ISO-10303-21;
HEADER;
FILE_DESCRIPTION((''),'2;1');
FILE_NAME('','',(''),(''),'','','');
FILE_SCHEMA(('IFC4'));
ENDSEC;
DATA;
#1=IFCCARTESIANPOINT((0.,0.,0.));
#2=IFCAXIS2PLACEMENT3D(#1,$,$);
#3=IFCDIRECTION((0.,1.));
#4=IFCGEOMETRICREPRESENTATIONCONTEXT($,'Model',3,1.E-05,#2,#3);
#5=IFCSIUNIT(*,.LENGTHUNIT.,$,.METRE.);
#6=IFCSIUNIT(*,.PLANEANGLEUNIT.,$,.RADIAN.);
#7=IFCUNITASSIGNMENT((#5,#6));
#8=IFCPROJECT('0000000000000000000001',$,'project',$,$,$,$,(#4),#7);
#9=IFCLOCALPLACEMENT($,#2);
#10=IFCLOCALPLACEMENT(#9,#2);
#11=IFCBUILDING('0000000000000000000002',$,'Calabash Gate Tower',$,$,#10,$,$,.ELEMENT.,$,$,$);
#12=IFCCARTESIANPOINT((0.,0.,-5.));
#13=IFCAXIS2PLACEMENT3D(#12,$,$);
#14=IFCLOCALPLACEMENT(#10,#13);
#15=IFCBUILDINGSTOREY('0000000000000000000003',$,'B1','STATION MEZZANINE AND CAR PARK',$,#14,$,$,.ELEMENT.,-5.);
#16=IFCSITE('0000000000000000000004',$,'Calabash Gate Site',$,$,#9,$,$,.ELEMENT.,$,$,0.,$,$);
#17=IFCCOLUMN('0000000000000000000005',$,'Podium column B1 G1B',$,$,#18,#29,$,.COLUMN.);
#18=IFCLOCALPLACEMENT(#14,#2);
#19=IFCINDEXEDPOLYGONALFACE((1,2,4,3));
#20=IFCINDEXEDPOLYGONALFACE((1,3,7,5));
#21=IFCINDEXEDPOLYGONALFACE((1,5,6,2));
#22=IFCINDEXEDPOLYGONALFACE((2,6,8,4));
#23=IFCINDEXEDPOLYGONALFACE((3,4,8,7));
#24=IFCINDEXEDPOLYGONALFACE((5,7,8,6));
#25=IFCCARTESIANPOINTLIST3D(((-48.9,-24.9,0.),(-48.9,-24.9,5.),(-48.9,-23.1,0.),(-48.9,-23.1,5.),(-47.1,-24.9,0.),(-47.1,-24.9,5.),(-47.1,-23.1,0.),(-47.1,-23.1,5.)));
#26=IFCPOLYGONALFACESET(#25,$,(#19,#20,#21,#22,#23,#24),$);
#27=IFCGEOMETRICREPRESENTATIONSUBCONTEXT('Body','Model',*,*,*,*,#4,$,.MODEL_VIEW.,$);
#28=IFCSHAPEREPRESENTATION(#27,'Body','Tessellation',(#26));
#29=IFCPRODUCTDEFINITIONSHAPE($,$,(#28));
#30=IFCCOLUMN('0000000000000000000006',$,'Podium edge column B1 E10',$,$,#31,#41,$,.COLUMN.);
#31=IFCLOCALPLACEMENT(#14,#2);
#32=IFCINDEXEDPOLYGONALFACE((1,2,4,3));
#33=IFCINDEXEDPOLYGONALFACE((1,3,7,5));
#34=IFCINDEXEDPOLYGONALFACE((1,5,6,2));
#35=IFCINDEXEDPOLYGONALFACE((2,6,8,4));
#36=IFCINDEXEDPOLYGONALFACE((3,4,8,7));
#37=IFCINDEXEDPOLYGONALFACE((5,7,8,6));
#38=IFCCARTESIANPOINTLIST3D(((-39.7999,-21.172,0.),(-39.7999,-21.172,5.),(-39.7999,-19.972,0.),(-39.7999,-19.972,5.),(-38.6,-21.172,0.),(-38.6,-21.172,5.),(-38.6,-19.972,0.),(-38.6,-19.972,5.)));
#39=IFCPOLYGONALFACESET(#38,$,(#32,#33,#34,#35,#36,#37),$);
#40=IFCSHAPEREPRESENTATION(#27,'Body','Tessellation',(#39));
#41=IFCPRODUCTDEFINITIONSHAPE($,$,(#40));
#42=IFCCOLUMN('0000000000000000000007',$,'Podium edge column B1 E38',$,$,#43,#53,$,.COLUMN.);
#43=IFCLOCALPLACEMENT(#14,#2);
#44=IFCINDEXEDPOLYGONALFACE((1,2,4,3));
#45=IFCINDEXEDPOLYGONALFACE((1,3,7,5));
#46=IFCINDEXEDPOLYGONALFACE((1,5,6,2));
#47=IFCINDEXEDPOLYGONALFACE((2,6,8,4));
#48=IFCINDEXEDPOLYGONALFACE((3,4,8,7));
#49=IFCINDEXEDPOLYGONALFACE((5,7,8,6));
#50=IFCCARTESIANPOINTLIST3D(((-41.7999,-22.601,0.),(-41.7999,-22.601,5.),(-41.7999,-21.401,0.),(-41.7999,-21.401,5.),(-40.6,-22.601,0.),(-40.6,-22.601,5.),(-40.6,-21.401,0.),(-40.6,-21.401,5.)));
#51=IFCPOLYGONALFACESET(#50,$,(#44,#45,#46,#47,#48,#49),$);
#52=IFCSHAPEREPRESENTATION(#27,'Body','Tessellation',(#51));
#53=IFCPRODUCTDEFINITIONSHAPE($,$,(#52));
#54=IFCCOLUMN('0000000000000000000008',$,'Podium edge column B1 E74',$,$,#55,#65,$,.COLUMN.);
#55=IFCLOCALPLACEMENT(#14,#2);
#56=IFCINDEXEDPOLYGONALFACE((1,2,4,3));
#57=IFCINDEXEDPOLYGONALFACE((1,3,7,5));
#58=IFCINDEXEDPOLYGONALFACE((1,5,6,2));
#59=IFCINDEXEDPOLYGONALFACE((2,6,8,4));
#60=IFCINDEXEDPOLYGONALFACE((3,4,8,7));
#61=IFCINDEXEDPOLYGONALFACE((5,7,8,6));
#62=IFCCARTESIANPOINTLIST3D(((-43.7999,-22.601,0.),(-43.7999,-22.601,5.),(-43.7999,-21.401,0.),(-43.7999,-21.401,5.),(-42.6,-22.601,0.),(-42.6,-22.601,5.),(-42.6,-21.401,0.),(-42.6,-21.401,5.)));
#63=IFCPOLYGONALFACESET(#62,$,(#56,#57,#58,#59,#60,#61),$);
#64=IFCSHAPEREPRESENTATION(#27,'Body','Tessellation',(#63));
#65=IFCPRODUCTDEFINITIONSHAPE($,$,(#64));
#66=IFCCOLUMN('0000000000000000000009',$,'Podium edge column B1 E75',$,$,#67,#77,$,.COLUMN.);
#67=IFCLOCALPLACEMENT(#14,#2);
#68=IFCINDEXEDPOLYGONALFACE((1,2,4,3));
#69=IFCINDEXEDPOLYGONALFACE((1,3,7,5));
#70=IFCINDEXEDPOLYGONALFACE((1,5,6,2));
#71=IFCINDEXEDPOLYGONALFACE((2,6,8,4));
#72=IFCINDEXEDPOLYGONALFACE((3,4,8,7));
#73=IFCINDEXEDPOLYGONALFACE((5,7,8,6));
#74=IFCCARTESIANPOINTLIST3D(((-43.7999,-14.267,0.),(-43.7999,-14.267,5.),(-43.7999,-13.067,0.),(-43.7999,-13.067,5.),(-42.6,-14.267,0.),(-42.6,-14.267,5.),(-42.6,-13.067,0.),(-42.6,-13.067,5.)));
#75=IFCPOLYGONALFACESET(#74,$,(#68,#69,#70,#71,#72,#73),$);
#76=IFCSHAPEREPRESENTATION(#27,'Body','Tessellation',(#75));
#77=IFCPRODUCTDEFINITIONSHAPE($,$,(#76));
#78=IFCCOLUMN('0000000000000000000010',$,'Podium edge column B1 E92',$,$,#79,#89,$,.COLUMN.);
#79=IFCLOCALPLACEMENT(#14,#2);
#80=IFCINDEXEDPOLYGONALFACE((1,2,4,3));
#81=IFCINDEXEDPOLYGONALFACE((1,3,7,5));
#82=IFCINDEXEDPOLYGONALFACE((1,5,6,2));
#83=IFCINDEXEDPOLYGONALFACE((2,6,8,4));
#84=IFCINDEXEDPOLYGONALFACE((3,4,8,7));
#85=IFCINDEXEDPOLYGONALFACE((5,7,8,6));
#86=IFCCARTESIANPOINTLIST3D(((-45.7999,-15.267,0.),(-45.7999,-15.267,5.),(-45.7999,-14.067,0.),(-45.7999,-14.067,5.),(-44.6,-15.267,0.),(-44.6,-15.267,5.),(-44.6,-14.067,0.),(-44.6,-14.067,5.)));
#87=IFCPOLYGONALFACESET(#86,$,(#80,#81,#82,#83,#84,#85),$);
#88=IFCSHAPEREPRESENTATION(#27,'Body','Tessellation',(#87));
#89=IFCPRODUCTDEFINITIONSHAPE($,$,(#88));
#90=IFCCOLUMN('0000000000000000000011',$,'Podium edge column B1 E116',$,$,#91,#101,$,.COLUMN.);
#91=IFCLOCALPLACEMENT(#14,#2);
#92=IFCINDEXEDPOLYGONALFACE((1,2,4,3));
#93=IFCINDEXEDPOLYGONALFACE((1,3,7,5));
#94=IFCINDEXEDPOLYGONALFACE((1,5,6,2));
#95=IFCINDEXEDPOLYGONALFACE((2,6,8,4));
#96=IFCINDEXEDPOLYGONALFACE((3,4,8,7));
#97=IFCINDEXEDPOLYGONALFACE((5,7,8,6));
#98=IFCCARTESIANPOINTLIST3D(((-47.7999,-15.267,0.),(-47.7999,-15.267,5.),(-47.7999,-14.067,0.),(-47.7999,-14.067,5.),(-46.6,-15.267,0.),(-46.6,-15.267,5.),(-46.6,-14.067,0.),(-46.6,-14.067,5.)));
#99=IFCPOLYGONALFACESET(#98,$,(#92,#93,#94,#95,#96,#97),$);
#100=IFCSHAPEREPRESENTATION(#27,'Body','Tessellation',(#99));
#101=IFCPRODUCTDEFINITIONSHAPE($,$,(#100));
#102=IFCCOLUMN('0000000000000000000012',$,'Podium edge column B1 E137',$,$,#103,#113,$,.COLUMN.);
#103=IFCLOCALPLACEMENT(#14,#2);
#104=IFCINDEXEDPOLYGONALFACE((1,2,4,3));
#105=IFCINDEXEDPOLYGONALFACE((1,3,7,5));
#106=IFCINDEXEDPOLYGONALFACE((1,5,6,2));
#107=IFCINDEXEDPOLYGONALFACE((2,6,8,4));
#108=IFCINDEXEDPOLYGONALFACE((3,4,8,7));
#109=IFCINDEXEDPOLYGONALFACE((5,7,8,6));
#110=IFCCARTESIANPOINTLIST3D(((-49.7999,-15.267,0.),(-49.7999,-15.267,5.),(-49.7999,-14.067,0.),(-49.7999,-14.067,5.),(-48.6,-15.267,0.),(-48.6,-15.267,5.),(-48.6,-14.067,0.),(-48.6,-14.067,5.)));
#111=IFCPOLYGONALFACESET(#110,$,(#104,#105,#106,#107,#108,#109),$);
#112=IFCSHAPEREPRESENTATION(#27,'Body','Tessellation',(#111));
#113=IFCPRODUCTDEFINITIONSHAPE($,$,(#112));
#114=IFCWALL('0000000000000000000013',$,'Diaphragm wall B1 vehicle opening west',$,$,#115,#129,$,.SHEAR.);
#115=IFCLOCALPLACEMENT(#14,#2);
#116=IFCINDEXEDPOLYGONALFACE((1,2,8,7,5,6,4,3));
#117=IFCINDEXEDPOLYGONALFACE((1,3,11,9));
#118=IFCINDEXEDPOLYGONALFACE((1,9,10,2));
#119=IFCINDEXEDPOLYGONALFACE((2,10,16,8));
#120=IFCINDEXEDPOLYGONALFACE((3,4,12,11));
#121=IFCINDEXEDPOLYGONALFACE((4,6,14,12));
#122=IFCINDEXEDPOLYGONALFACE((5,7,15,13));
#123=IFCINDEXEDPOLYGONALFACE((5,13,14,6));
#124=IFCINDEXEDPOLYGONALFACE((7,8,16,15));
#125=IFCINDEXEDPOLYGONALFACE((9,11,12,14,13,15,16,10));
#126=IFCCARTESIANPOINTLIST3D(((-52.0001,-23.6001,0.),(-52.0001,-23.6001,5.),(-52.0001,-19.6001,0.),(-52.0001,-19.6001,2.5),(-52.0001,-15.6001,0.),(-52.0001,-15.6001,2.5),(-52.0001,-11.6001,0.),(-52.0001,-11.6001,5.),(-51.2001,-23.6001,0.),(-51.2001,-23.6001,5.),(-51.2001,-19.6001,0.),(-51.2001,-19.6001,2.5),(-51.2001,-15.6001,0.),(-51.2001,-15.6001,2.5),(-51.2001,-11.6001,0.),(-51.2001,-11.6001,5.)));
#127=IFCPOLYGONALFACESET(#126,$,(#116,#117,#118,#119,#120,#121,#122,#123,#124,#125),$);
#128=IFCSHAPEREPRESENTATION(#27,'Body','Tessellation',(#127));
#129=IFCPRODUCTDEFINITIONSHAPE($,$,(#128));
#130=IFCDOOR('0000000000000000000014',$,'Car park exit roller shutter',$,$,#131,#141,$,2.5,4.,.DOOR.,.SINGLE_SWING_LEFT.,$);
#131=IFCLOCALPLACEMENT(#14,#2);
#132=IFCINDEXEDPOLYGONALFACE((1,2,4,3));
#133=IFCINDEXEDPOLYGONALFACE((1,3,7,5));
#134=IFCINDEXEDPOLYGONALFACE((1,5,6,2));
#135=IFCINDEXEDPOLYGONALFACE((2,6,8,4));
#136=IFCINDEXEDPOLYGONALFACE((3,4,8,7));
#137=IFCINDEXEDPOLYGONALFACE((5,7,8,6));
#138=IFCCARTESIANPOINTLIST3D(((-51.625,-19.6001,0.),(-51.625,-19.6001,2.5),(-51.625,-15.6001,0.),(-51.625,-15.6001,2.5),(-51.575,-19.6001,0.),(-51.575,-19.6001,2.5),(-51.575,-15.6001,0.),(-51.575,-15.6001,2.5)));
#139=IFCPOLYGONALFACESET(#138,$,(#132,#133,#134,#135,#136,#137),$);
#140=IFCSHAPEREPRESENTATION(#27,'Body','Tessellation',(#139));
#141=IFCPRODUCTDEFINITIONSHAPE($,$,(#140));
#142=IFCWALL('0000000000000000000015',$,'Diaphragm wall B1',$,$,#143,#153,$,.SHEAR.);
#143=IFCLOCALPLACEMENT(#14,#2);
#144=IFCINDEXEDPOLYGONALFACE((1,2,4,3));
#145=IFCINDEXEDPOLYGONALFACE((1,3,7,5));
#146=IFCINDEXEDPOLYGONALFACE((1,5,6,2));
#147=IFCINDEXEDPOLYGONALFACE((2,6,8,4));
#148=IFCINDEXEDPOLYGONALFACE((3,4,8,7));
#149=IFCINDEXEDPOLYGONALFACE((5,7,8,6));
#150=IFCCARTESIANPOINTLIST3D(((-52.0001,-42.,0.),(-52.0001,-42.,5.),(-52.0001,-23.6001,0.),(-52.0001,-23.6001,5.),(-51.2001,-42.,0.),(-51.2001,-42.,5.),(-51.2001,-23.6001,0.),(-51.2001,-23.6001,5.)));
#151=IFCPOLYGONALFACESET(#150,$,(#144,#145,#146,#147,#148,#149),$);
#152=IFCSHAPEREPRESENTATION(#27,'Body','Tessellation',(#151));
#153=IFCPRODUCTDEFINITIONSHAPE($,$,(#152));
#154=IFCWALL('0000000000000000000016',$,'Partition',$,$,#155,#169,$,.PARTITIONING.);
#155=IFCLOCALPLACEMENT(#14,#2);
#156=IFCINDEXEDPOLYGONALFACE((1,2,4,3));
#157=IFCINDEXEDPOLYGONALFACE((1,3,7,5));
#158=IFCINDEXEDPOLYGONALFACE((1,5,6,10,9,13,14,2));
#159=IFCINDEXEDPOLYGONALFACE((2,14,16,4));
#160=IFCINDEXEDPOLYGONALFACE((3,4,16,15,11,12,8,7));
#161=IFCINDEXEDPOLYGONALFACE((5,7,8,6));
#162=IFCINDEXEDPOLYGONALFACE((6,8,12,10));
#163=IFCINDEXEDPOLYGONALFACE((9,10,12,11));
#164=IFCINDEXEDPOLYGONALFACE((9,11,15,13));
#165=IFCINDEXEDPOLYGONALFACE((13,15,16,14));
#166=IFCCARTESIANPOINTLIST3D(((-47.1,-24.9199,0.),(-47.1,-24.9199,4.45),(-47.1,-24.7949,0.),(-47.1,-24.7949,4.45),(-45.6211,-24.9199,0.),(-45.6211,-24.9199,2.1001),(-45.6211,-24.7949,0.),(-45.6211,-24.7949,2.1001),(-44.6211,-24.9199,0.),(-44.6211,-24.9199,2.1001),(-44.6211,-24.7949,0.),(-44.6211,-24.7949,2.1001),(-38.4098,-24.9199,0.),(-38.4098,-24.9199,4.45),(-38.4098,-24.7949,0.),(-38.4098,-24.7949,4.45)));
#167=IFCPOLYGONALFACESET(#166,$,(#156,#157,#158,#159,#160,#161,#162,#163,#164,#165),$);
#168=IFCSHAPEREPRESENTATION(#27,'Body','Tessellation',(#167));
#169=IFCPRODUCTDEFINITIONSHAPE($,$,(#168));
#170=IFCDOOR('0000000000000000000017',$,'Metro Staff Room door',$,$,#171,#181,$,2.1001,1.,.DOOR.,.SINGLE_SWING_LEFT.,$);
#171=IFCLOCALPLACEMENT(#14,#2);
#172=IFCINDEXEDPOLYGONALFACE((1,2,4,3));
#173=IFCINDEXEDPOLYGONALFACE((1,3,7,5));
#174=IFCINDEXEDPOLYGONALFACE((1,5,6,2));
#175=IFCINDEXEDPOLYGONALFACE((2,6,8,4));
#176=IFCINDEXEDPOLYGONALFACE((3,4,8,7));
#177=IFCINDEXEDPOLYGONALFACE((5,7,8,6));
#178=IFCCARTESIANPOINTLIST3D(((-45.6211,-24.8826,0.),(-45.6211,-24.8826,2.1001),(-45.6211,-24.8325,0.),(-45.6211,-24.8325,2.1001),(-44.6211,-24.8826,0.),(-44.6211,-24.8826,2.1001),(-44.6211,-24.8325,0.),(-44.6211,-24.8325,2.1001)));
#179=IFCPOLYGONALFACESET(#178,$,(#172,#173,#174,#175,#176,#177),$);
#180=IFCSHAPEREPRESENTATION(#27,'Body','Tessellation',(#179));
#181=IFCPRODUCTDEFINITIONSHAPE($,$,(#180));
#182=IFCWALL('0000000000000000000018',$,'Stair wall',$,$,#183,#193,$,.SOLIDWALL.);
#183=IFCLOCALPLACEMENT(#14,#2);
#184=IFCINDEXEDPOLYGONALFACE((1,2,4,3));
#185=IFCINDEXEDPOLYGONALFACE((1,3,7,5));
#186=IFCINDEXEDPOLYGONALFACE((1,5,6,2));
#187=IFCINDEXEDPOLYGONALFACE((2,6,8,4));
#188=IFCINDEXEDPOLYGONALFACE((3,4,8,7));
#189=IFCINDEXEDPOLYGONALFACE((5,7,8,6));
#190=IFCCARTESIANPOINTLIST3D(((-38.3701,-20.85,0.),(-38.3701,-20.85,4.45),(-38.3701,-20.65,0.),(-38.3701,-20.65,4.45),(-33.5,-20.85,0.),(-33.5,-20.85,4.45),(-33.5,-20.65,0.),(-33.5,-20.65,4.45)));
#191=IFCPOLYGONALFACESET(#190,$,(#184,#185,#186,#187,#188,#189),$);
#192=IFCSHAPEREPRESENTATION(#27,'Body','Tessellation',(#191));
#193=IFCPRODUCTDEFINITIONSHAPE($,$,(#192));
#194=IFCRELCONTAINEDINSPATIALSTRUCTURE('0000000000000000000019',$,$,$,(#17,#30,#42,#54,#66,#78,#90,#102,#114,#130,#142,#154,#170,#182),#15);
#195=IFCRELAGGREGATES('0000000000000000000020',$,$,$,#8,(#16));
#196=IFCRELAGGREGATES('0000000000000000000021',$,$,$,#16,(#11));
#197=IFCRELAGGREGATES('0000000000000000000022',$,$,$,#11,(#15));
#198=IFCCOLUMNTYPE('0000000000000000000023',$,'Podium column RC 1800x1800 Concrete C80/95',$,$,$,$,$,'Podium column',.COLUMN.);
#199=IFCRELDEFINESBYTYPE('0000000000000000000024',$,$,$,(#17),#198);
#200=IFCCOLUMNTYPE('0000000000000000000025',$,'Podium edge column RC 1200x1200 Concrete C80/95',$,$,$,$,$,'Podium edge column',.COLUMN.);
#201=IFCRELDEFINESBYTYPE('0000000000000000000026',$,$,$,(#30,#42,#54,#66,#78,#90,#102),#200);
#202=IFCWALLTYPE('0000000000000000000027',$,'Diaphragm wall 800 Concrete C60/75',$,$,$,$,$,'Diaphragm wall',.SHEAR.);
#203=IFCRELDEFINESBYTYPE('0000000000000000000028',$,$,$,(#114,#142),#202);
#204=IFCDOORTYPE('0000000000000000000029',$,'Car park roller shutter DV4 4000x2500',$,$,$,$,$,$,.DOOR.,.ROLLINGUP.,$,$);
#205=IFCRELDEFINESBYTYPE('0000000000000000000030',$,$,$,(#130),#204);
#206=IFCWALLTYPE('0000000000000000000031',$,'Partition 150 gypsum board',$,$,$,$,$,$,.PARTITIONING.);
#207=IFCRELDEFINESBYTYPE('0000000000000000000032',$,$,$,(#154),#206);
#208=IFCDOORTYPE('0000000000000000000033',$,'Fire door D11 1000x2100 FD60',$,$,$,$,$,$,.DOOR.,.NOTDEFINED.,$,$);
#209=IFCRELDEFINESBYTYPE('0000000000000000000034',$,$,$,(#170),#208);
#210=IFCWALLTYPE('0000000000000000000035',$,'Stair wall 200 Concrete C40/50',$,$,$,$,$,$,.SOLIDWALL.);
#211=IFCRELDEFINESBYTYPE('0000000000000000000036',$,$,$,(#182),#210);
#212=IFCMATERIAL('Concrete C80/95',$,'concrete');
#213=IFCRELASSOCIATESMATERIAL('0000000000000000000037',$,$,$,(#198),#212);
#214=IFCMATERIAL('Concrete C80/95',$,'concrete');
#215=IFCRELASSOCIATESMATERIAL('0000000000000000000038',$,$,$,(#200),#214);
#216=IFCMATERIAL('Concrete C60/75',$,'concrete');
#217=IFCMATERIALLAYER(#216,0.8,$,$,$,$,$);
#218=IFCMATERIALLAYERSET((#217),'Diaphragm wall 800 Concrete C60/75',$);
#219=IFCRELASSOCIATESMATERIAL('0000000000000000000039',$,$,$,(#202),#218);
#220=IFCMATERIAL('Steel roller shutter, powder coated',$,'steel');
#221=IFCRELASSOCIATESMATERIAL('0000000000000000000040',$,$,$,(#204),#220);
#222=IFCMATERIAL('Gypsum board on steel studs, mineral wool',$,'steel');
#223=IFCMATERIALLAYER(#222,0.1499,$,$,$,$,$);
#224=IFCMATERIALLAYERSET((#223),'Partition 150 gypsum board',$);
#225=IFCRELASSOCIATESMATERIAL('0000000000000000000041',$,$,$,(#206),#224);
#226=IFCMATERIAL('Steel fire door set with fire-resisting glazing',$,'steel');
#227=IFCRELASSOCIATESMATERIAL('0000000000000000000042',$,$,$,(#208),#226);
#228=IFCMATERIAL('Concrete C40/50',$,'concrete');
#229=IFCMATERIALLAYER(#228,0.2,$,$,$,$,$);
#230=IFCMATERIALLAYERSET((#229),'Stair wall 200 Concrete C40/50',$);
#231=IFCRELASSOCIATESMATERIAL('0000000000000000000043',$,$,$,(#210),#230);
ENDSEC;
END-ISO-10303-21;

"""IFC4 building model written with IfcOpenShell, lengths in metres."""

from ifc_helpers import new_model, si_unit, direction, frame, frame_2d, origin, origin_2d, place, context, subcontext, project, spatial, rectangle, extrude, material, layer, layer_set, material_profile, profile_set, type_object, element, fill, save


model = new_model("IFC4")

# Units and contexts
model_context = context("Model", 3, precision=1e-05, world=origin(), true_north=direction((0.0, 1.0)))
body_context = subcontext(model_context, "Body", "Model", "MODEL_VIEW")
ifc_project = project(units=[si_unit("LENGTHUNIT", "METRE"), si_unit("PLANEANGLEUNIT", "RADIAN")], contexts=[model_context])

# Site, building, storey
site_placement = place(None, origin())
site = spatial("IfcSite", under=ifc_project, at=site_placement, Name="Calabash Gate Site", CompositionType="ELEMENT", RefElevation=0.0)
building_placement = place(site_placement, origin())
building = spatial("IfcBuilding", under=site, at=building_placement, Name="Calabash Gate Tower", CompositionType="ELEMENT")
storey_placement = place(building_placement, frame((0.0, 0.0, -5.0)))
storey = spatial("IfcBuildingStorey", under=building, at=storey_placement, Name="B1", Description="STATION MEZZANINE AND CAR PARK", CompositionType="ELEMENT", Elevation=-5.0)

# Columns
ifc_material_1 = material(Name="Concrete C80/95", Category="concrete")
ifc_material_profile_1 = material_profile(ifc_material_1, rectangle(XDim=1.8, YDim=1.8, at=origin_2d()))
ifc_profile_set_1 = profile_set([ifc_material_profile_1], Name="Concrete C80/95")
column_type_1 = type_object("IfcColumnType", Name="Podium column RC 1800x1800 Concrete C80/95", ElementType="Podium column", PredefinedType="COLUMN", material=ifc_profile_set_1)
column_placement = place(storey_placement, frame((-48.0, -24.0, 0.0), z_axis=(0.0, 0.0, 1.0), x_axis=(1.0, 0.0, 0.0)))
element("IfcColumn", 1, at=column_placement, inside=storey, type_object=column_type_1, Name="Podium column B1 G1B", PredefinedType="COLUMN", context=body_context, shape_type="SweptSolid", body=[
    extrude(rectangle(XDim=1.8, YDim=1.8, at=origin_2d()), origin(), (0.0, 0.0, 1.0), 5.0),
])
ifc_material_2 = material(Name="Concrete C80/95", Category="concrete")
ifc_material_profile_2 = material_profile(ifc_material_2, rectangle(XDim=1.2, YDim=1.2, at=origin_2d()))
ifc_profile_set_2 = profile_set([ifc_material_profile_2], Name="Concrete C80/95")
column_type_2 = type_object("IfcColumnType", Name="Podium edge column RC 1200x1200 Concrete C80/95", ElementType="Podium edge column", PredefinedType="COLUMN", material=ifc_profile_set_2)
for number, where, z_axis, x_axis, name in (
    (2, (-39.2, -20.572, 0.0), (0.0, 0.0, 1.0), (1.0, 0.0, 0.0), "Podium edge column B1 E10"),
    (3, (-41.2, -22.001, 0.0), (0.0, 0.0, 1.0), (1.0, 0.0, 0.0), "Podium edge column B1 E38"),
    (4, (-43.2, -22.001, 0.0), (0.0, 0.0, 1.0), (1.0, 0.0, 0.0), "Podium edge column B1 E74"),
    (5, (-43.2, -13.667, 0.0), (0.0, 0.0, 1.0), (1.0, 0.0, 0.0), "Podium edge column B1 E75"),
    (6, (-45.2, -14.667, 0.0), (0.0, 0.0, 1.0), (1.0, 0.0, 0.0), "Podium edge column B1 E92"),
    (7, (-47.2, -14.667, 0.0), (0.0, 0.0, 1.0), (1.0, 0.0, 0.0), "Podium edge column B1 E116"),
    (8, (-49.2, -14.667, 0.0), (0.0, 0.0, 1.0), (1.0, 0.0, 0.0), "Podium edge column B1 E137"),
):
    element("IfcColumn", number, at=place(storey_placement, frame(where, z_axis=z_axis, x_axis=x_axis)), inside=storey, type_object=column_type_2, Name=name, PredefinedType="COLUMN", context=body_context, shape_type="SweptSolid", body=[
        extrude(rectangle(XDim=1.2, YDim=1.2, at=origin_2d()), origin(), (0.0, 0.0, 1.0), 5.0),
    ])

# Wall, opening, door
ifc_material_3 = material(Name="Concrete C60/75", Category="concrete")
ifc_layer_1 = layer(ifc_material_3, 0.8)
ifc_layer_set_1 = layer_set([ifc_layer_1], Name="Diaphragm wall 800 Concrete C60/75")
wall_type_1 = type_object("IfcWallType", Name="Diaphragm wall 800 Concrete C60/75", ElementType="Diaphragm wall", PredefinedType="SHEAR", material=ifc_layer_set_1)
wall_1_placement = place(storey_placement, frame((-51.6001, -23.6001, 0.0), z_axis=(0.0, 0.0, 1.0), x_axis=(0.0, 1.0, 0.0)))
wall_1 = element("IfcWall", 9, at=wall_1_placement, inside=storey, type_object=wall_type_1, Name="Diaphragm wall B1 vehicle opening west", PredefinedType="SHEAR", context=body_context, shape_type="SweptSolid", body=[
    extrude(rectangle(XDim=12.0, YDim=0.8, at=frame_2d((6.0, 0.0))), origin(), (0.0, 0.0, 1.0), 5.0),
])
opening_1_placement = place(wall_1_placement, frame((4.0, 0.0, 0.0)))
opening_1 = element("IfcOpeningElement", 10, at=opening_1_placement, cuts=wall_1, PredefinedType="OPENING", context=body_context, shape_type="SweptSolid", body=[
    extrude(rectangle(XDim=4.0, YDim=2.5, at=frame_2d((2.0, 1.25))), frame((0.0, 0.4099, 0.0), z_axis=(0.0, -1.0, 0.0), x_axis=(1.0, 0.0, 0.0)), (0.0, 0.0, 1.0), 0.8201),
])
ifc_material_4 = material(Name="Steel roller shutter, powder coated", Category="steel")
door_type_1 = type_object("IfcDoorType", Name="Car park roller shutter DV4 4000x2500", OperationType="ROLLINGUP", PredefinedType="DOOR", material=ifc_material_4)
door_1_placement = place(opening_1_placement, origin())
door_1 = element("IfcDoor", 11, at=door_1_placement, inside=storey, type_object=door_type_1, Name="Car park exit roller shutter", OperationType="SINGLE_SWING_LEFT", OverallHeight=2.5, OverallWidth=4.0, PredefinedType="DOOR", context=body_context, shape_type="SweptSolid", body=[
    extrude(rectangle(XDim=4.0, YDim=2.5, at=frame_2d((2.0, 1.25))), frame((0.0, 0.0249, 0.0), z_axis=(0.0, -1.0, 0.0), x_axis=(1.0, 0.0, 0.0)), (0.0, 0.0, 1.0), 0.05),
])
fill(opening_1, door_1)

# Wall
wall_2_placement = place(storey_placement, frame((-51.6001, -23.6001, 0.0), z_axis=(0.0, 0.0, 1.0), x_axis=(0.0, -1.0, 0.0)))
element("IfcWall", 12, at=wall_2_placement, inside=storey, type_object=wall_type_1, Name="Diaphragm wall B1", PredefinedType="SHEAR", context=body_context, shape_type="SweptSolid", body=[
    extrude(rectangle(XDim=18.3999, YDim=0.8, at=frame_2d((9.2, 0.0))), origin(), (0.0, 0.0, 1.0), 5.0),
])

# Wall, opening, door
ifc_material_5 = material(Name="Gypsum board on steel studs, mineral wool", Category="steel")
ifc_layer_2 = layer(ifc_material_5, 0.1499)
ifc_layer_set_2 = layer_set([ifc_layer_2], Name="Partition 150 gypsum board")
wall_type_2 = type_object("IfcWallType", Name="Partition 150 gypsum board", PredefinedType="PARTITIONING", material=ifc_layer_set_2)
wall_3_placement = place(storey_placement, frame((-47.1001, -24.8574, 0.0), z_axis=(0.0, 0.0, 1.0), x_axis=(1.0, 0.0, 0.0)))
wall_3 = element("IfcWall", 13, at=wall_3_placement, inside=storey, type_object=wall_type_2, Name="Partition", PredefinedType="PARTITIONING", context=body_context, shape_type="SweptSolid", body=[
    extrude(rectangle(XDim=8.6902, YDim=0.125, at=frame_2d((4.3452, 0.0))), origin(), (0.0, 0.0, 1.0), 4.45),
])
opening_2_placement = place(wall_3_placement, frame((1.479, 0.0, 0.0)))
opening_2 = element("IfcOpeningElement", 14, at=opening_2_placement, cuts=wall_3, PredefinedType="OPENING", context=body_context, shape_type="SweptSolid", body=[
    extrude(rectangle(XDim=1.0, YDim=2.1001, at=frame_2d((0.5, 1.05))), frame((0.0, 0.0725, 0.0), z_axis=(0.0, -1.0, 0.0), x_axis=(1.0, 0.0, 0.0)), (0.0, 0.0, 1.0), 0.145),
])
ifc_material_6 = material(Name="Steel fire door set with fire-resisting glazing", Category="steel")
door_type_2 = type_object("IfcDoorType", Name="Fire door D11 1000x2100 FD60", OperationType="NOTDEFINED", PredefinedType="DOOR", material=ifc_material_6)
door_2_placement = place(opening_2_placement, origin())
door_2 = element("IfcDoor", 15, at=door_2_placement, inside=storey, type_object=door_type_2, Name="Metro Staff Room door", OperationType="SINGLE_SWING_LEFT", OverallHeight=2.1001, OverallWidth=1.0, PredefinedType="DOOR", context=body_context, shape_type="SweptSolid", body=[
    extrude(rectangle(XDim=1.0, YDim=2.1001, at=frame_2d((0.5, 1.05))), frame((0.0, 0.0249, 0.0), z_axis=(0.0, -1.0, 0.0), x_axis=(1.0, 0.0, 0.0)), (0.0, 0.0, 1.0), 0.05),
])
fill(opening_2, door_2)

# Wall
ifc_material_7 = material(Name="Concrete C40/50", Category="concrete")
ifc_layer_3 = layer(ifc_material_7, 0.2)
ifc_layer_set_3 = layer_set([ifc_layer_3], Name="Stair wall 200 Concrete C40/50")
wall_type_3 = type_object("IfcWallType", Name="Stair wall 200 Concrete C40/50", PredefinedType="SOLIDWALL", material=ifc_layer_set_3)
wall_4_placement = place(storey_placement, frame((-38.3701, -20.75, 0.0), z_axis=(0.0, 0.0, 1.0), x_axis=(1.0, 0.0, 0.0)))
element("IfcWall", 16, at=wall_4_placement, inside=storey, type_object=wall_type_3, Name="Stair wall", PredefinedType="SOLIDWALL", context=body_context, shape_type="SweptSolid", body=[
    extrude(rectangle(XDim=4.8701, YDim=0.2, at=frame_2d((2.4351, 0.0))), origin(), (0.0, 0.0, 1.0), 4.45),
])

save(model, "model.ifc")
